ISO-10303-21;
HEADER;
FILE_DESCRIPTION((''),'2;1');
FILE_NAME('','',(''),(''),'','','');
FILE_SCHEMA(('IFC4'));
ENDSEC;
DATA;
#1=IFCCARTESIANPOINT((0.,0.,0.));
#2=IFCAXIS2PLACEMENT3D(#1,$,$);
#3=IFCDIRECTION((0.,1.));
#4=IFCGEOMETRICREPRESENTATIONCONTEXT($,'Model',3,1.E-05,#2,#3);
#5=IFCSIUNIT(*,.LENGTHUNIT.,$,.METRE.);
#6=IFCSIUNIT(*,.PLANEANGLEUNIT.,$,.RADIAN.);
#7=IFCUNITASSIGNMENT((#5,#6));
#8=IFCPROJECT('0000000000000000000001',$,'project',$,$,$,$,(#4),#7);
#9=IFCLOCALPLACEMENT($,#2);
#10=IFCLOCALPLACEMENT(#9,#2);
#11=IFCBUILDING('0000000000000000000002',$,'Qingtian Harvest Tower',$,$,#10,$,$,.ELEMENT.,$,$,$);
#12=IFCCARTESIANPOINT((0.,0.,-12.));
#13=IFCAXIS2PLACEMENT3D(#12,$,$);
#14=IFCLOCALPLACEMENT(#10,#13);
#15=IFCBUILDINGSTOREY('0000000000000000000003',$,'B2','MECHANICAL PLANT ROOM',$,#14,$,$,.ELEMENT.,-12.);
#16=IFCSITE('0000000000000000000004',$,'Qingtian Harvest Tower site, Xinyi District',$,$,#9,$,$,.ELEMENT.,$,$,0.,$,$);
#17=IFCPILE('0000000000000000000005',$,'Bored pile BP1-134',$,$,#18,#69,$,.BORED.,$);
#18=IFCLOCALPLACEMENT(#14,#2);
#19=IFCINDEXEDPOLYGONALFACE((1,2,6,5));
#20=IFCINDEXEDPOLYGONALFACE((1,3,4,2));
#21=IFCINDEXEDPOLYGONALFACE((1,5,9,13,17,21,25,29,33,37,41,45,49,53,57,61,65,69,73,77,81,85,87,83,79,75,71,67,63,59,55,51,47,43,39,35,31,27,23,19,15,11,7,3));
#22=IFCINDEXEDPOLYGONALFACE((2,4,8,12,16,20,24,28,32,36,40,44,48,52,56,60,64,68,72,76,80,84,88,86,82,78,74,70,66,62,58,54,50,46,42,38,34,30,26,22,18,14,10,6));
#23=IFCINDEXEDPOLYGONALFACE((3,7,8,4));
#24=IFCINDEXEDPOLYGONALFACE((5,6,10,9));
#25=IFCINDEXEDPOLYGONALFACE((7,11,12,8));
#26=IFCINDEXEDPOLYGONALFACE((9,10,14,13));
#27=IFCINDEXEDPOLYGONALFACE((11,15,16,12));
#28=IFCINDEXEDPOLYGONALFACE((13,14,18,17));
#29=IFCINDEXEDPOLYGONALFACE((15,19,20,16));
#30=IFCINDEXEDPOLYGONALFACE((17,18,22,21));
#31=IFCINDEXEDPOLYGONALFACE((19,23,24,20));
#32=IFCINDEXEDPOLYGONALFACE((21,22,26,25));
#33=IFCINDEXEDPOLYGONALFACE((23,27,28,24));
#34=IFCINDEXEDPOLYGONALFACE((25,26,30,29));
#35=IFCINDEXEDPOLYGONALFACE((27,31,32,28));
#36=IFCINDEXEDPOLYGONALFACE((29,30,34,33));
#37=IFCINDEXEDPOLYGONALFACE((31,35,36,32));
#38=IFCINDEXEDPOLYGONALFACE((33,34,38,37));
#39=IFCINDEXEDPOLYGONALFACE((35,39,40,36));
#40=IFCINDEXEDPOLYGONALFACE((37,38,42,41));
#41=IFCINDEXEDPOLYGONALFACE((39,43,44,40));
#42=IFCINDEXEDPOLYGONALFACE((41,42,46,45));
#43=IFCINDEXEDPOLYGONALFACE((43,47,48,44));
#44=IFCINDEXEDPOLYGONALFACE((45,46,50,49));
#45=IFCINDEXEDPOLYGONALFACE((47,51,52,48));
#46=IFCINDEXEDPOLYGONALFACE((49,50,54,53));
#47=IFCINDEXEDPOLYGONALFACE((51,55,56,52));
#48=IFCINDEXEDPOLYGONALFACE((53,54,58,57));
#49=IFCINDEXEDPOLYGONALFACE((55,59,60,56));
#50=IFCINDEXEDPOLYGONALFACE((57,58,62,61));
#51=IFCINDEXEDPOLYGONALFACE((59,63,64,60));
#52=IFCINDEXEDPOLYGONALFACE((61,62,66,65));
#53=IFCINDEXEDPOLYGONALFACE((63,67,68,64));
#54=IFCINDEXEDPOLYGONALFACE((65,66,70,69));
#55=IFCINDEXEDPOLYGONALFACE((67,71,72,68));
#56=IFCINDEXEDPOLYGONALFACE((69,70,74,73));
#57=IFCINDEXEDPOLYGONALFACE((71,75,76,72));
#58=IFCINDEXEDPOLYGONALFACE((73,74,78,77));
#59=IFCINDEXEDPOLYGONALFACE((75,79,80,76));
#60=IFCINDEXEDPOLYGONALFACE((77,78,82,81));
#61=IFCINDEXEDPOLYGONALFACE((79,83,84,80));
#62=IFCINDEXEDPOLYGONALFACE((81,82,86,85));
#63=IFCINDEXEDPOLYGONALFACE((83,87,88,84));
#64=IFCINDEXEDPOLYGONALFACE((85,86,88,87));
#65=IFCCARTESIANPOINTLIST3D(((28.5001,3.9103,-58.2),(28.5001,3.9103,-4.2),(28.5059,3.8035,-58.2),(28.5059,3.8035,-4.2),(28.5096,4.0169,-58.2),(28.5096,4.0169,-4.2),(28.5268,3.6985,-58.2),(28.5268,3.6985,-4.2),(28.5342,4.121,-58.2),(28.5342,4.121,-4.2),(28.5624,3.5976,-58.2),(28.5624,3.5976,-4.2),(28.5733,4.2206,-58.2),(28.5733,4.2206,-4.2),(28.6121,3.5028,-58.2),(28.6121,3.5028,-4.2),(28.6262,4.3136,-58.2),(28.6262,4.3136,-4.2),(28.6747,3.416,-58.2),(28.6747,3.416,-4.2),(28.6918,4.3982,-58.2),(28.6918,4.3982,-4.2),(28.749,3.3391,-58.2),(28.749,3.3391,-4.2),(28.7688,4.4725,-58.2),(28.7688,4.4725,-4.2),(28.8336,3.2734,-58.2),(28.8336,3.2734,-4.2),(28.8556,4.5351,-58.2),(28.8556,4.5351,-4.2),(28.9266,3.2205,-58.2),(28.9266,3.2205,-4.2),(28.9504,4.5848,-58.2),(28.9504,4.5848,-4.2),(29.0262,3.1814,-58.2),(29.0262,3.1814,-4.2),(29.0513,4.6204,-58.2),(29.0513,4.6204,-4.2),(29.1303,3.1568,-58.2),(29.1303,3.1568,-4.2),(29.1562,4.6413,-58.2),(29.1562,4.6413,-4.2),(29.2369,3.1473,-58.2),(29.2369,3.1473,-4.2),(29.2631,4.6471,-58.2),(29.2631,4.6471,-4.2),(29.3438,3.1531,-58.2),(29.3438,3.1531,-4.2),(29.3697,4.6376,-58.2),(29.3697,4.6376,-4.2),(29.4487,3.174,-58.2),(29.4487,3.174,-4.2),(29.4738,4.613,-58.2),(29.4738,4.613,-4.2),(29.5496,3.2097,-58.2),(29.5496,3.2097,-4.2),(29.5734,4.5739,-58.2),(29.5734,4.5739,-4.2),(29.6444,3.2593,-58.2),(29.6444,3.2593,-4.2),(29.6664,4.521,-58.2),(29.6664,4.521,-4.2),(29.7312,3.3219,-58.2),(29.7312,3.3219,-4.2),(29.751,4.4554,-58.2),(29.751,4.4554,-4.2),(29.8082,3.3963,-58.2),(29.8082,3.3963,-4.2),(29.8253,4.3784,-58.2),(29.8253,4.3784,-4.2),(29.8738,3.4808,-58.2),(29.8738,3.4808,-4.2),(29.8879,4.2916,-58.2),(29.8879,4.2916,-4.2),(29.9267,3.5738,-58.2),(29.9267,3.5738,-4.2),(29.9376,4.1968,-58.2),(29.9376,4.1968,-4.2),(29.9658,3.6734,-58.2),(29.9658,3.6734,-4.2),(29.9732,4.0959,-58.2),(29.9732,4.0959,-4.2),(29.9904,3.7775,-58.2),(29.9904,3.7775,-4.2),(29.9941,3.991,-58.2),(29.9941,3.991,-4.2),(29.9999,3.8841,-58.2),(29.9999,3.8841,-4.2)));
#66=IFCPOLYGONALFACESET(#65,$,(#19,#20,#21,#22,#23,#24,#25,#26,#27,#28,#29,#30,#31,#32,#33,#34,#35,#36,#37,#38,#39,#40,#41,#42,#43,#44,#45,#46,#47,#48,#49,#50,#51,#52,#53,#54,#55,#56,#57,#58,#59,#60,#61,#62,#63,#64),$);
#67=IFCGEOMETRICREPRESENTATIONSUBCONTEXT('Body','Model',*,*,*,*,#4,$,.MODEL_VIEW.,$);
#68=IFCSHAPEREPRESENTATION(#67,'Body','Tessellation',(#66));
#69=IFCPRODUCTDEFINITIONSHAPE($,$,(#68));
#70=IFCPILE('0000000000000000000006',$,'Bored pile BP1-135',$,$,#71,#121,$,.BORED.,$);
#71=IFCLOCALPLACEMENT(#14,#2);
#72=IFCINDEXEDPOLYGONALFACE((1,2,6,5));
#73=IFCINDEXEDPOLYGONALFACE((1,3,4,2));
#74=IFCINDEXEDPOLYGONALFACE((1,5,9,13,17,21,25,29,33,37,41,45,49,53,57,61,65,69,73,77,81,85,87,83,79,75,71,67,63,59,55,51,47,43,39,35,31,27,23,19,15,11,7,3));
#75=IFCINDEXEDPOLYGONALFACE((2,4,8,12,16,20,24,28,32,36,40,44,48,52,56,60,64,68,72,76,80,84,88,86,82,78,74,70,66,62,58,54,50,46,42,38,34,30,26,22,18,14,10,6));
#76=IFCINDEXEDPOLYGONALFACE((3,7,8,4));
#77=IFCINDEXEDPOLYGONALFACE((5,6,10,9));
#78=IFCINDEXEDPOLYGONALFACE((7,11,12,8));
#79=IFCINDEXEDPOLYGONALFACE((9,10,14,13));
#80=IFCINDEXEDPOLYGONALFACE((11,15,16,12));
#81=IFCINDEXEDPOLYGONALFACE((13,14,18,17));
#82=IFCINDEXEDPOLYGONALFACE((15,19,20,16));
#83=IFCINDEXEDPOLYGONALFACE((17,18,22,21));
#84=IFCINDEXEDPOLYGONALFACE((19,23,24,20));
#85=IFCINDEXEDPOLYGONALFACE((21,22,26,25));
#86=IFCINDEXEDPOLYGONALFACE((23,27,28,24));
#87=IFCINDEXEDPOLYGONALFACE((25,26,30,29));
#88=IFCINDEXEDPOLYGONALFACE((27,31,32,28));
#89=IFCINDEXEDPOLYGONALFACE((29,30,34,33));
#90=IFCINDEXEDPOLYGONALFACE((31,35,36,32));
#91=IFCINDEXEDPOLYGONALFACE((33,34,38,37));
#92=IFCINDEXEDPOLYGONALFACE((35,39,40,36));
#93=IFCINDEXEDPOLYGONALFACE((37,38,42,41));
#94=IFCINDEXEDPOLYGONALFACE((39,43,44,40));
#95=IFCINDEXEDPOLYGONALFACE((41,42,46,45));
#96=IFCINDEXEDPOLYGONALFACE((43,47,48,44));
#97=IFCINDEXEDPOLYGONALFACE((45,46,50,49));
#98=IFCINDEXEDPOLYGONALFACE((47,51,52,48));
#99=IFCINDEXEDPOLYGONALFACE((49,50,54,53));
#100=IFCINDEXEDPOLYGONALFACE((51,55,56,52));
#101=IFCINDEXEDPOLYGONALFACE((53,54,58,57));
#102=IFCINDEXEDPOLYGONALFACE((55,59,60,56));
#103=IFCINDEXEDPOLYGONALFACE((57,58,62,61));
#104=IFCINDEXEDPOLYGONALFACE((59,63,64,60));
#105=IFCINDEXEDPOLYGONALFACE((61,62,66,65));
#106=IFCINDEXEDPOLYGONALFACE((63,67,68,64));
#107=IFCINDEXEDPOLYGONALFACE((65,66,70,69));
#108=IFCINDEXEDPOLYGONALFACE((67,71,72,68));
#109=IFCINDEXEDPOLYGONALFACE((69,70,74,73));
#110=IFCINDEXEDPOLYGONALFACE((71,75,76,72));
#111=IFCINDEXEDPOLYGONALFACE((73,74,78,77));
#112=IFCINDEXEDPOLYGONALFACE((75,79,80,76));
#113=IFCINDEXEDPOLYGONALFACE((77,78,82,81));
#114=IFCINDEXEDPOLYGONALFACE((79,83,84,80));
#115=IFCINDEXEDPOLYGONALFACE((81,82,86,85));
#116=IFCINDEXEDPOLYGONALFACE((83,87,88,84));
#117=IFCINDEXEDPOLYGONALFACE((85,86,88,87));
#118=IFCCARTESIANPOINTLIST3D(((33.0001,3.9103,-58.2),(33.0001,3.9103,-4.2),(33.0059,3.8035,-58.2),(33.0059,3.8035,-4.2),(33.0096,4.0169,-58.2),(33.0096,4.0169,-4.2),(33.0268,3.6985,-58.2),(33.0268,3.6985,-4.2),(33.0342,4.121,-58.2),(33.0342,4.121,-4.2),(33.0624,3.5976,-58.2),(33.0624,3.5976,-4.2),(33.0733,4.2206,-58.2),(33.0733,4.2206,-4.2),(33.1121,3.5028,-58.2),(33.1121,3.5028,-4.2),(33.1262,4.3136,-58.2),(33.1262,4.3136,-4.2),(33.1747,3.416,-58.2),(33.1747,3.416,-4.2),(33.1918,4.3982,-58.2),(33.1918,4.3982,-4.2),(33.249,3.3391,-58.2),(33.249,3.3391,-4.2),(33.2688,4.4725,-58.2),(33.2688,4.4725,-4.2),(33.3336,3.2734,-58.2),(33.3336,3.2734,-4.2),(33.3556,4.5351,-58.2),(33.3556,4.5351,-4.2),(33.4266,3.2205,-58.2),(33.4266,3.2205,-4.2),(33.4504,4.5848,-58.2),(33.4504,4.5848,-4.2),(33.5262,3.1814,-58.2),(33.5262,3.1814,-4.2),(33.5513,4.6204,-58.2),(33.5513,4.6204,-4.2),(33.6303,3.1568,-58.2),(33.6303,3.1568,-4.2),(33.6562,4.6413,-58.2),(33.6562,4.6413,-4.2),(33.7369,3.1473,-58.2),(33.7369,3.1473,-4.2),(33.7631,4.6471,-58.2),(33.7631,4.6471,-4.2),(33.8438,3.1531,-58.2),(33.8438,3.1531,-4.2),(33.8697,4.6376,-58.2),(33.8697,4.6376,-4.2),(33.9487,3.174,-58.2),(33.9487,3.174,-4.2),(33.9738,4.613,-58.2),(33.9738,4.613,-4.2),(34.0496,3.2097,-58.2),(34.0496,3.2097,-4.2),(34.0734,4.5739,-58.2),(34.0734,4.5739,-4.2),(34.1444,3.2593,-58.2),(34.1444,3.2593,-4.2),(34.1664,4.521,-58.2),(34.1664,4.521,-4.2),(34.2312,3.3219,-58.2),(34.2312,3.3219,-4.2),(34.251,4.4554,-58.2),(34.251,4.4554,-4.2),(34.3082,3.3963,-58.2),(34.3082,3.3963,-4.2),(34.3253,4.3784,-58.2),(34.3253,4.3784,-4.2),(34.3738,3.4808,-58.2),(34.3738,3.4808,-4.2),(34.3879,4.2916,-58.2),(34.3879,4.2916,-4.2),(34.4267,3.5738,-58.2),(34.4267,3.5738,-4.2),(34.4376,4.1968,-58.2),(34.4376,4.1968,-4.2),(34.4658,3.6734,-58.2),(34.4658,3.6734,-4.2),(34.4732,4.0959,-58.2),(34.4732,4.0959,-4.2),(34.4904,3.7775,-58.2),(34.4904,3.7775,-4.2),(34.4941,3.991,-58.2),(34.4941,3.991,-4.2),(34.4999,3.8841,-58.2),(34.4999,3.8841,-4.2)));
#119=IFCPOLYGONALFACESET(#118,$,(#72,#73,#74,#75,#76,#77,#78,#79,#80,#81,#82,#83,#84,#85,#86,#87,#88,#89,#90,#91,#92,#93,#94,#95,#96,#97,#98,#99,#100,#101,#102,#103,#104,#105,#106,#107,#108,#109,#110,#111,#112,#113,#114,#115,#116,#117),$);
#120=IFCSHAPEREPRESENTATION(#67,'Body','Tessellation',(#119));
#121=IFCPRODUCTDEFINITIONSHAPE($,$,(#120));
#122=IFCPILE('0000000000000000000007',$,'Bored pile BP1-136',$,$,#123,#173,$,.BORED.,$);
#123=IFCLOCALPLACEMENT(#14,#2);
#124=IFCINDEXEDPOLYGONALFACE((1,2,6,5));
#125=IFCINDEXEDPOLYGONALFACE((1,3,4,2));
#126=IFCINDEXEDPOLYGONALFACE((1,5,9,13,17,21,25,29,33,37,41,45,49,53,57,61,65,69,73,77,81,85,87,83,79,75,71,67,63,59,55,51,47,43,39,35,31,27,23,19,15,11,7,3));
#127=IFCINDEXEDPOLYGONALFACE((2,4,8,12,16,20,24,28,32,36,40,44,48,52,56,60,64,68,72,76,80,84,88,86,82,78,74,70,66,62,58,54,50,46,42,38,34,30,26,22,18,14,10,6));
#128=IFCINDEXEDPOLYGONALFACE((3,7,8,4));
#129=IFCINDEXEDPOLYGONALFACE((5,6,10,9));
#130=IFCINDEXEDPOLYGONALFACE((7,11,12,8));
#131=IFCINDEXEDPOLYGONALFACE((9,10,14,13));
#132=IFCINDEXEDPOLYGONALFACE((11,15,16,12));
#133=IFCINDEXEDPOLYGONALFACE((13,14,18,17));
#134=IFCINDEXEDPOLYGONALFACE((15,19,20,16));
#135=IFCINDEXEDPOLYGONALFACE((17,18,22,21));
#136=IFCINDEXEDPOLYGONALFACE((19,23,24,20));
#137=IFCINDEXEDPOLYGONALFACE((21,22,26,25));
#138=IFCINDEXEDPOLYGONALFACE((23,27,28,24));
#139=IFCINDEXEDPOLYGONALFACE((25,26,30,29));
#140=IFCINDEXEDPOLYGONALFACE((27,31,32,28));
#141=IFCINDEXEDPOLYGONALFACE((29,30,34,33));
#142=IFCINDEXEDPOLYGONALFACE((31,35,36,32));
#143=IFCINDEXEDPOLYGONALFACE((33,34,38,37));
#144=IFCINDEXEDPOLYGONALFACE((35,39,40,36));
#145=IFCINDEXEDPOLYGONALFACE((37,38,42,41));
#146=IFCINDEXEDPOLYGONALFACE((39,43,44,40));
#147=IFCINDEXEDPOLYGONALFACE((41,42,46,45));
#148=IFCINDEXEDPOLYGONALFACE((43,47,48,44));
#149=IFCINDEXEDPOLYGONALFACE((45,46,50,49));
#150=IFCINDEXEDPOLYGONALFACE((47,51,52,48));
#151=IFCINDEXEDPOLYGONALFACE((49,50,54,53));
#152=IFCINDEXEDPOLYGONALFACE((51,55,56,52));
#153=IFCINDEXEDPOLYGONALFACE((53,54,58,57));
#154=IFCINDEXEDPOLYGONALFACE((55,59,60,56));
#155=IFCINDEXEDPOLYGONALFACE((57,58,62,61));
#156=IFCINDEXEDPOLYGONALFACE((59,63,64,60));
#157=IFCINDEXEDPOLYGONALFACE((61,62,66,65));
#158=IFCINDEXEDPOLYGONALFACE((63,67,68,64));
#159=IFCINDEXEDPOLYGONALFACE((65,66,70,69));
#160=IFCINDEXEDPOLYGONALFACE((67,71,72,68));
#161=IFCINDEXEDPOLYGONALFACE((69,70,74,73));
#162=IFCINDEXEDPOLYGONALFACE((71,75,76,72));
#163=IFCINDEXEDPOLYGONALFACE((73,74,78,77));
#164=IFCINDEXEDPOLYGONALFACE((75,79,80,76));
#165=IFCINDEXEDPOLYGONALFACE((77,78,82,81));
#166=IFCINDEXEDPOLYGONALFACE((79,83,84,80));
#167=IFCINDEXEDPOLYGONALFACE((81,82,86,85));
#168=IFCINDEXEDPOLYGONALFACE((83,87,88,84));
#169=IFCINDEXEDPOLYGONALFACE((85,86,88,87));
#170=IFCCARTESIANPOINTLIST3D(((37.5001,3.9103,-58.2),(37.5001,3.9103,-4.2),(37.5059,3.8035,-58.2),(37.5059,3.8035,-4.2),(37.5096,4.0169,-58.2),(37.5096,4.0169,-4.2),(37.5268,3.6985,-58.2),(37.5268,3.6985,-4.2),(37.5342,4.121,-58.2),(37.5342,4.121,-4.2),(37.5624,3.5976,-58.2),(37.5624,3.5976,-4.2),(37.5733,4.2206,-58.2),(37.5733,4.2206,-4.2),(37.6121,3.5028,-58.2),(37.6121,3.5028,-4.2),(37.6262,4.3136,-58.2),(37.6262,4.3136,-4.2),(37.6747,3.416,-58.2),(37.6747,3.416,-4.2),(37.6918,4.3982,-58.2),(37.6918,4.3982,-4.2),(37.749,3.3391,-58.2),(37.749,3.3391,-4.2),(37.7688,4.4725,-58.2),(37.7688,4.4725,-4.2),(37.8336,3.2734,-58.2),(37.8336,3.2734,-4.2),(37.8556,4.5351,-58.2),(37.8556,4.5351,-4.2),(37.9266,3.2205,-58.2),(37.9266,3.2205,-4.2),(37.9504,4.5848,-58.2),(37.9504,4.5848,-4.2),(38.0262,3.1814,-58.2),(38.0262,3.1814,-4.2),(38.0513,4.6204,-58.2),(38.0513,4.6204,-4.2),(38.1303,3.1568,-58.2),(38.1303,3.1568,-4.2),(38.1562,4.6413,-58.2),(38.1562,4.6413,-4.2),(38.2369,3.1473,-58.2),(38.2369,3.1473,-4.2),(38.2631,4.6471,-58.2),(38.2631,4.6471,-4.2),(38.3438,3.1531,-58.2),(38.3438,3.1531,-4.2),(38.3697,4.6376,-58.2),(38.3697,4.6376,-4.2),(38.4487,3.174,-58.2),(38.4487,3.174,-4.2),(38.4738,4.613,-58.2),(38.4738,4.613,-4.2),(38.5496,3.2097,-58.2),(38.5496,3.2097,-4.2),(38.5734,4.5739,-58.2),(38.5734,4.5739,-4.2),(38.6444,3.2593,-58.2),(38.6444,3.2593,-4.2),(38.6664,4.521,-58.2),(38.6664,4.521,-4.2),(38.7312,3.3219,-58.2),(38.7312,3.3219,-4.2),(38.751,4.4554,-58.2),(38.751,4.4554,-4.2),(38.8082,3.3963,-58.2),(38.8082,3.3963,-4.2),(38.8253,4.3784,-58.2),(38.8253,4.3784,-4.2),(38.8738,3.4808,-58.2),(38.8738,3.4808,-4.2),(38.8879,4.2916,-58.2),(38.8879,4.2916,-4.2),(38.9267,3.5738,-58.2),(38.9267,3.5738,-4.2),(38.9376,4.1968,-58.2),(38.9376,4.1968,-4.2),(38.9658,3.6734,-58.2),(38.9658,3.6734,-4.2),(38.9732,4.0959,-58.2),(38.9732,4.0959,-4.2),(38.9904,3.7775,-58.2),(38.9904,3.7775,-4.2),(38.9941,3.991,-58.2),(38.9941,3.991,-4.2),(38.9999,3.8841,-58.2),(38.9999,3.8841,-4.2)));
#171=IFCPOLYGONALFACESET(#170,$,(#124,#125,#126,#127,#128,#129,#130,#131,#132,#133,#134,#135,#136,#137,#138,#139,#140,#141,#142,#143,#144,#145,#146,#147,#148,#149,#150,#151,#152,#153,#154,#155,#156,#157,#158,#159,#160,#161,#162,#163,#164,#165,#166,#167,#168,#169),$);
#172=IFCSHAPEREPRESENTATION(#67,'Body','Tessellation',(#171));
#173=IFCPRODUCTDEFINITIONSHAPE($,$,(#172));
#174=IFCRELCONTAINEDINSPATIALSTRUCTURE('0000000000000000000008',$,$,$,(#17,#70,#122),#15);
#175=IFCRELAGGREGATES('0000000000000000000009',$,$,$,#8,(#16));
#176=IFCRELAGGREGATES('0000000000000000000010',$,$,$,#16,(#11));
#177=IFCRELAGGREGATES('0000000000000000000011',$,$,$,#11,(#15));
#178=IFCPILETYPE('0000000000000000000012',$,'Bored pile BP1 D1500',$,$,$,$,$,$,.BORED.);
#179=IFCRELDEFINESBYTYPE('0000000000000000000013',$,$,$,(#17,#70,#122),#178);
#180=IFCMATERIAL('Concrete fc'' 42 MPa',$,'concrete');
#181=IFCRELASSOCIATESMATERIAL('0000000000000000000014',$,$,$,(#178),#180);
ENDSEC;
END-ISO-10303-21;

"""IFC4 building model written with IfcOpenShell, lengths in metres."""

from ifc_helpers import new_model, si_unit, direction, frame, frame_2d, origin, place, context, subcontext, project, spatial, circle, extrude, material, material_profile, profile_set, type_object, element, save


model = new_model("IFC4")

# Units and contexts
model_context = context("Model", 3, precision=1e-05, world=origin(), true_north=direction((0.0, 1.0)))
body_context = subcontext(model_context, "Body", "Model", "MODEL_VIEW")
ifc_project = project(units=[si_unit("LENGTHUNIT", "METRE"), si_unit("PLANEANGLEUNIT", "RADIAN")], contexts=[model_context])

# Site, building, storey
site_placement = place(None, origin())
site = spatial("IfcSite", under=ifc_project, at=site_placement, Name="Qingtian Harvest Tower site, Xinyi District", CompositionType="ELEMENT", RefElevation=0.0)
building_placement = place(site_placement, origin())
building = spatial("IfcBuilding", under=site, at=building_placement, Name="Qingtian Harvest Tower", CompositionType="ELEMENT")
storey_placement = place(building_placement, frame((0.0, 0.0, -12.0)))
storey = spatial("IfcBuildingStorey", under=building, at=storey_placement, Name="B2", Description="MECHANICAL PLANT ROOM", CompositionType="ELEMENT", Elevation=-12.0)

# Piles
ifc_material_1 = material(Name="Concrete fc' 42 MPa", Category="concrete")
ifc_material_profile_1 = material_profile(ifc_material_1, circle(Radius=0.75, at=frame_2d((0.0, 0.0), x_axis=(0.999848, 0.017452))), Name="Bored pile BP1 D1500")
ifc_profile_set_1 = profile_set([ifc_material_profile_1], Name="Concrete fc' 42 MPa")
pile_type = type_object("IfcPileType", Name="Bored pile BP1 D1500", PredefinedType="BORED", material=ifc_profile_set_1)
for number, where, z_axis, x_axis, name in (
    (1, (29.25, 3.8972, -4.2), (0.0, 0.0, -1.0), (1.0, 0.0, 0.0), "Bored pile BP1-134"),
    (2, (33.75, 3.8972, -4.2), (0.0, 0.0, -1.0), (1.0, 0.0, 0.0), "Bored pile BP1-135"),
    (3, (38.25, 3.8972, -4.2), (0.0, 0.0, -1.0), (1.0, 0.0, 0.0), "Bored pile BP1-136"),
):
    element("IfcPile", number, at=place(storey_placement, frame(where, z_axis=z_axis, x_axis=x_axis)), inside=storey, type_object=pile_type, Name=name, PredefinedType="BORED", context=body_context, shape_type="SweptSolid", body=[
        extrude(circle(Radius=0.75, at=frame_2d((0.0, 0.0), x_axis=(0.999848, 0.017452))), origin(), (0.0, 0.0, 1.0), 54.0),
    ])

save(model, "model.ifc")
